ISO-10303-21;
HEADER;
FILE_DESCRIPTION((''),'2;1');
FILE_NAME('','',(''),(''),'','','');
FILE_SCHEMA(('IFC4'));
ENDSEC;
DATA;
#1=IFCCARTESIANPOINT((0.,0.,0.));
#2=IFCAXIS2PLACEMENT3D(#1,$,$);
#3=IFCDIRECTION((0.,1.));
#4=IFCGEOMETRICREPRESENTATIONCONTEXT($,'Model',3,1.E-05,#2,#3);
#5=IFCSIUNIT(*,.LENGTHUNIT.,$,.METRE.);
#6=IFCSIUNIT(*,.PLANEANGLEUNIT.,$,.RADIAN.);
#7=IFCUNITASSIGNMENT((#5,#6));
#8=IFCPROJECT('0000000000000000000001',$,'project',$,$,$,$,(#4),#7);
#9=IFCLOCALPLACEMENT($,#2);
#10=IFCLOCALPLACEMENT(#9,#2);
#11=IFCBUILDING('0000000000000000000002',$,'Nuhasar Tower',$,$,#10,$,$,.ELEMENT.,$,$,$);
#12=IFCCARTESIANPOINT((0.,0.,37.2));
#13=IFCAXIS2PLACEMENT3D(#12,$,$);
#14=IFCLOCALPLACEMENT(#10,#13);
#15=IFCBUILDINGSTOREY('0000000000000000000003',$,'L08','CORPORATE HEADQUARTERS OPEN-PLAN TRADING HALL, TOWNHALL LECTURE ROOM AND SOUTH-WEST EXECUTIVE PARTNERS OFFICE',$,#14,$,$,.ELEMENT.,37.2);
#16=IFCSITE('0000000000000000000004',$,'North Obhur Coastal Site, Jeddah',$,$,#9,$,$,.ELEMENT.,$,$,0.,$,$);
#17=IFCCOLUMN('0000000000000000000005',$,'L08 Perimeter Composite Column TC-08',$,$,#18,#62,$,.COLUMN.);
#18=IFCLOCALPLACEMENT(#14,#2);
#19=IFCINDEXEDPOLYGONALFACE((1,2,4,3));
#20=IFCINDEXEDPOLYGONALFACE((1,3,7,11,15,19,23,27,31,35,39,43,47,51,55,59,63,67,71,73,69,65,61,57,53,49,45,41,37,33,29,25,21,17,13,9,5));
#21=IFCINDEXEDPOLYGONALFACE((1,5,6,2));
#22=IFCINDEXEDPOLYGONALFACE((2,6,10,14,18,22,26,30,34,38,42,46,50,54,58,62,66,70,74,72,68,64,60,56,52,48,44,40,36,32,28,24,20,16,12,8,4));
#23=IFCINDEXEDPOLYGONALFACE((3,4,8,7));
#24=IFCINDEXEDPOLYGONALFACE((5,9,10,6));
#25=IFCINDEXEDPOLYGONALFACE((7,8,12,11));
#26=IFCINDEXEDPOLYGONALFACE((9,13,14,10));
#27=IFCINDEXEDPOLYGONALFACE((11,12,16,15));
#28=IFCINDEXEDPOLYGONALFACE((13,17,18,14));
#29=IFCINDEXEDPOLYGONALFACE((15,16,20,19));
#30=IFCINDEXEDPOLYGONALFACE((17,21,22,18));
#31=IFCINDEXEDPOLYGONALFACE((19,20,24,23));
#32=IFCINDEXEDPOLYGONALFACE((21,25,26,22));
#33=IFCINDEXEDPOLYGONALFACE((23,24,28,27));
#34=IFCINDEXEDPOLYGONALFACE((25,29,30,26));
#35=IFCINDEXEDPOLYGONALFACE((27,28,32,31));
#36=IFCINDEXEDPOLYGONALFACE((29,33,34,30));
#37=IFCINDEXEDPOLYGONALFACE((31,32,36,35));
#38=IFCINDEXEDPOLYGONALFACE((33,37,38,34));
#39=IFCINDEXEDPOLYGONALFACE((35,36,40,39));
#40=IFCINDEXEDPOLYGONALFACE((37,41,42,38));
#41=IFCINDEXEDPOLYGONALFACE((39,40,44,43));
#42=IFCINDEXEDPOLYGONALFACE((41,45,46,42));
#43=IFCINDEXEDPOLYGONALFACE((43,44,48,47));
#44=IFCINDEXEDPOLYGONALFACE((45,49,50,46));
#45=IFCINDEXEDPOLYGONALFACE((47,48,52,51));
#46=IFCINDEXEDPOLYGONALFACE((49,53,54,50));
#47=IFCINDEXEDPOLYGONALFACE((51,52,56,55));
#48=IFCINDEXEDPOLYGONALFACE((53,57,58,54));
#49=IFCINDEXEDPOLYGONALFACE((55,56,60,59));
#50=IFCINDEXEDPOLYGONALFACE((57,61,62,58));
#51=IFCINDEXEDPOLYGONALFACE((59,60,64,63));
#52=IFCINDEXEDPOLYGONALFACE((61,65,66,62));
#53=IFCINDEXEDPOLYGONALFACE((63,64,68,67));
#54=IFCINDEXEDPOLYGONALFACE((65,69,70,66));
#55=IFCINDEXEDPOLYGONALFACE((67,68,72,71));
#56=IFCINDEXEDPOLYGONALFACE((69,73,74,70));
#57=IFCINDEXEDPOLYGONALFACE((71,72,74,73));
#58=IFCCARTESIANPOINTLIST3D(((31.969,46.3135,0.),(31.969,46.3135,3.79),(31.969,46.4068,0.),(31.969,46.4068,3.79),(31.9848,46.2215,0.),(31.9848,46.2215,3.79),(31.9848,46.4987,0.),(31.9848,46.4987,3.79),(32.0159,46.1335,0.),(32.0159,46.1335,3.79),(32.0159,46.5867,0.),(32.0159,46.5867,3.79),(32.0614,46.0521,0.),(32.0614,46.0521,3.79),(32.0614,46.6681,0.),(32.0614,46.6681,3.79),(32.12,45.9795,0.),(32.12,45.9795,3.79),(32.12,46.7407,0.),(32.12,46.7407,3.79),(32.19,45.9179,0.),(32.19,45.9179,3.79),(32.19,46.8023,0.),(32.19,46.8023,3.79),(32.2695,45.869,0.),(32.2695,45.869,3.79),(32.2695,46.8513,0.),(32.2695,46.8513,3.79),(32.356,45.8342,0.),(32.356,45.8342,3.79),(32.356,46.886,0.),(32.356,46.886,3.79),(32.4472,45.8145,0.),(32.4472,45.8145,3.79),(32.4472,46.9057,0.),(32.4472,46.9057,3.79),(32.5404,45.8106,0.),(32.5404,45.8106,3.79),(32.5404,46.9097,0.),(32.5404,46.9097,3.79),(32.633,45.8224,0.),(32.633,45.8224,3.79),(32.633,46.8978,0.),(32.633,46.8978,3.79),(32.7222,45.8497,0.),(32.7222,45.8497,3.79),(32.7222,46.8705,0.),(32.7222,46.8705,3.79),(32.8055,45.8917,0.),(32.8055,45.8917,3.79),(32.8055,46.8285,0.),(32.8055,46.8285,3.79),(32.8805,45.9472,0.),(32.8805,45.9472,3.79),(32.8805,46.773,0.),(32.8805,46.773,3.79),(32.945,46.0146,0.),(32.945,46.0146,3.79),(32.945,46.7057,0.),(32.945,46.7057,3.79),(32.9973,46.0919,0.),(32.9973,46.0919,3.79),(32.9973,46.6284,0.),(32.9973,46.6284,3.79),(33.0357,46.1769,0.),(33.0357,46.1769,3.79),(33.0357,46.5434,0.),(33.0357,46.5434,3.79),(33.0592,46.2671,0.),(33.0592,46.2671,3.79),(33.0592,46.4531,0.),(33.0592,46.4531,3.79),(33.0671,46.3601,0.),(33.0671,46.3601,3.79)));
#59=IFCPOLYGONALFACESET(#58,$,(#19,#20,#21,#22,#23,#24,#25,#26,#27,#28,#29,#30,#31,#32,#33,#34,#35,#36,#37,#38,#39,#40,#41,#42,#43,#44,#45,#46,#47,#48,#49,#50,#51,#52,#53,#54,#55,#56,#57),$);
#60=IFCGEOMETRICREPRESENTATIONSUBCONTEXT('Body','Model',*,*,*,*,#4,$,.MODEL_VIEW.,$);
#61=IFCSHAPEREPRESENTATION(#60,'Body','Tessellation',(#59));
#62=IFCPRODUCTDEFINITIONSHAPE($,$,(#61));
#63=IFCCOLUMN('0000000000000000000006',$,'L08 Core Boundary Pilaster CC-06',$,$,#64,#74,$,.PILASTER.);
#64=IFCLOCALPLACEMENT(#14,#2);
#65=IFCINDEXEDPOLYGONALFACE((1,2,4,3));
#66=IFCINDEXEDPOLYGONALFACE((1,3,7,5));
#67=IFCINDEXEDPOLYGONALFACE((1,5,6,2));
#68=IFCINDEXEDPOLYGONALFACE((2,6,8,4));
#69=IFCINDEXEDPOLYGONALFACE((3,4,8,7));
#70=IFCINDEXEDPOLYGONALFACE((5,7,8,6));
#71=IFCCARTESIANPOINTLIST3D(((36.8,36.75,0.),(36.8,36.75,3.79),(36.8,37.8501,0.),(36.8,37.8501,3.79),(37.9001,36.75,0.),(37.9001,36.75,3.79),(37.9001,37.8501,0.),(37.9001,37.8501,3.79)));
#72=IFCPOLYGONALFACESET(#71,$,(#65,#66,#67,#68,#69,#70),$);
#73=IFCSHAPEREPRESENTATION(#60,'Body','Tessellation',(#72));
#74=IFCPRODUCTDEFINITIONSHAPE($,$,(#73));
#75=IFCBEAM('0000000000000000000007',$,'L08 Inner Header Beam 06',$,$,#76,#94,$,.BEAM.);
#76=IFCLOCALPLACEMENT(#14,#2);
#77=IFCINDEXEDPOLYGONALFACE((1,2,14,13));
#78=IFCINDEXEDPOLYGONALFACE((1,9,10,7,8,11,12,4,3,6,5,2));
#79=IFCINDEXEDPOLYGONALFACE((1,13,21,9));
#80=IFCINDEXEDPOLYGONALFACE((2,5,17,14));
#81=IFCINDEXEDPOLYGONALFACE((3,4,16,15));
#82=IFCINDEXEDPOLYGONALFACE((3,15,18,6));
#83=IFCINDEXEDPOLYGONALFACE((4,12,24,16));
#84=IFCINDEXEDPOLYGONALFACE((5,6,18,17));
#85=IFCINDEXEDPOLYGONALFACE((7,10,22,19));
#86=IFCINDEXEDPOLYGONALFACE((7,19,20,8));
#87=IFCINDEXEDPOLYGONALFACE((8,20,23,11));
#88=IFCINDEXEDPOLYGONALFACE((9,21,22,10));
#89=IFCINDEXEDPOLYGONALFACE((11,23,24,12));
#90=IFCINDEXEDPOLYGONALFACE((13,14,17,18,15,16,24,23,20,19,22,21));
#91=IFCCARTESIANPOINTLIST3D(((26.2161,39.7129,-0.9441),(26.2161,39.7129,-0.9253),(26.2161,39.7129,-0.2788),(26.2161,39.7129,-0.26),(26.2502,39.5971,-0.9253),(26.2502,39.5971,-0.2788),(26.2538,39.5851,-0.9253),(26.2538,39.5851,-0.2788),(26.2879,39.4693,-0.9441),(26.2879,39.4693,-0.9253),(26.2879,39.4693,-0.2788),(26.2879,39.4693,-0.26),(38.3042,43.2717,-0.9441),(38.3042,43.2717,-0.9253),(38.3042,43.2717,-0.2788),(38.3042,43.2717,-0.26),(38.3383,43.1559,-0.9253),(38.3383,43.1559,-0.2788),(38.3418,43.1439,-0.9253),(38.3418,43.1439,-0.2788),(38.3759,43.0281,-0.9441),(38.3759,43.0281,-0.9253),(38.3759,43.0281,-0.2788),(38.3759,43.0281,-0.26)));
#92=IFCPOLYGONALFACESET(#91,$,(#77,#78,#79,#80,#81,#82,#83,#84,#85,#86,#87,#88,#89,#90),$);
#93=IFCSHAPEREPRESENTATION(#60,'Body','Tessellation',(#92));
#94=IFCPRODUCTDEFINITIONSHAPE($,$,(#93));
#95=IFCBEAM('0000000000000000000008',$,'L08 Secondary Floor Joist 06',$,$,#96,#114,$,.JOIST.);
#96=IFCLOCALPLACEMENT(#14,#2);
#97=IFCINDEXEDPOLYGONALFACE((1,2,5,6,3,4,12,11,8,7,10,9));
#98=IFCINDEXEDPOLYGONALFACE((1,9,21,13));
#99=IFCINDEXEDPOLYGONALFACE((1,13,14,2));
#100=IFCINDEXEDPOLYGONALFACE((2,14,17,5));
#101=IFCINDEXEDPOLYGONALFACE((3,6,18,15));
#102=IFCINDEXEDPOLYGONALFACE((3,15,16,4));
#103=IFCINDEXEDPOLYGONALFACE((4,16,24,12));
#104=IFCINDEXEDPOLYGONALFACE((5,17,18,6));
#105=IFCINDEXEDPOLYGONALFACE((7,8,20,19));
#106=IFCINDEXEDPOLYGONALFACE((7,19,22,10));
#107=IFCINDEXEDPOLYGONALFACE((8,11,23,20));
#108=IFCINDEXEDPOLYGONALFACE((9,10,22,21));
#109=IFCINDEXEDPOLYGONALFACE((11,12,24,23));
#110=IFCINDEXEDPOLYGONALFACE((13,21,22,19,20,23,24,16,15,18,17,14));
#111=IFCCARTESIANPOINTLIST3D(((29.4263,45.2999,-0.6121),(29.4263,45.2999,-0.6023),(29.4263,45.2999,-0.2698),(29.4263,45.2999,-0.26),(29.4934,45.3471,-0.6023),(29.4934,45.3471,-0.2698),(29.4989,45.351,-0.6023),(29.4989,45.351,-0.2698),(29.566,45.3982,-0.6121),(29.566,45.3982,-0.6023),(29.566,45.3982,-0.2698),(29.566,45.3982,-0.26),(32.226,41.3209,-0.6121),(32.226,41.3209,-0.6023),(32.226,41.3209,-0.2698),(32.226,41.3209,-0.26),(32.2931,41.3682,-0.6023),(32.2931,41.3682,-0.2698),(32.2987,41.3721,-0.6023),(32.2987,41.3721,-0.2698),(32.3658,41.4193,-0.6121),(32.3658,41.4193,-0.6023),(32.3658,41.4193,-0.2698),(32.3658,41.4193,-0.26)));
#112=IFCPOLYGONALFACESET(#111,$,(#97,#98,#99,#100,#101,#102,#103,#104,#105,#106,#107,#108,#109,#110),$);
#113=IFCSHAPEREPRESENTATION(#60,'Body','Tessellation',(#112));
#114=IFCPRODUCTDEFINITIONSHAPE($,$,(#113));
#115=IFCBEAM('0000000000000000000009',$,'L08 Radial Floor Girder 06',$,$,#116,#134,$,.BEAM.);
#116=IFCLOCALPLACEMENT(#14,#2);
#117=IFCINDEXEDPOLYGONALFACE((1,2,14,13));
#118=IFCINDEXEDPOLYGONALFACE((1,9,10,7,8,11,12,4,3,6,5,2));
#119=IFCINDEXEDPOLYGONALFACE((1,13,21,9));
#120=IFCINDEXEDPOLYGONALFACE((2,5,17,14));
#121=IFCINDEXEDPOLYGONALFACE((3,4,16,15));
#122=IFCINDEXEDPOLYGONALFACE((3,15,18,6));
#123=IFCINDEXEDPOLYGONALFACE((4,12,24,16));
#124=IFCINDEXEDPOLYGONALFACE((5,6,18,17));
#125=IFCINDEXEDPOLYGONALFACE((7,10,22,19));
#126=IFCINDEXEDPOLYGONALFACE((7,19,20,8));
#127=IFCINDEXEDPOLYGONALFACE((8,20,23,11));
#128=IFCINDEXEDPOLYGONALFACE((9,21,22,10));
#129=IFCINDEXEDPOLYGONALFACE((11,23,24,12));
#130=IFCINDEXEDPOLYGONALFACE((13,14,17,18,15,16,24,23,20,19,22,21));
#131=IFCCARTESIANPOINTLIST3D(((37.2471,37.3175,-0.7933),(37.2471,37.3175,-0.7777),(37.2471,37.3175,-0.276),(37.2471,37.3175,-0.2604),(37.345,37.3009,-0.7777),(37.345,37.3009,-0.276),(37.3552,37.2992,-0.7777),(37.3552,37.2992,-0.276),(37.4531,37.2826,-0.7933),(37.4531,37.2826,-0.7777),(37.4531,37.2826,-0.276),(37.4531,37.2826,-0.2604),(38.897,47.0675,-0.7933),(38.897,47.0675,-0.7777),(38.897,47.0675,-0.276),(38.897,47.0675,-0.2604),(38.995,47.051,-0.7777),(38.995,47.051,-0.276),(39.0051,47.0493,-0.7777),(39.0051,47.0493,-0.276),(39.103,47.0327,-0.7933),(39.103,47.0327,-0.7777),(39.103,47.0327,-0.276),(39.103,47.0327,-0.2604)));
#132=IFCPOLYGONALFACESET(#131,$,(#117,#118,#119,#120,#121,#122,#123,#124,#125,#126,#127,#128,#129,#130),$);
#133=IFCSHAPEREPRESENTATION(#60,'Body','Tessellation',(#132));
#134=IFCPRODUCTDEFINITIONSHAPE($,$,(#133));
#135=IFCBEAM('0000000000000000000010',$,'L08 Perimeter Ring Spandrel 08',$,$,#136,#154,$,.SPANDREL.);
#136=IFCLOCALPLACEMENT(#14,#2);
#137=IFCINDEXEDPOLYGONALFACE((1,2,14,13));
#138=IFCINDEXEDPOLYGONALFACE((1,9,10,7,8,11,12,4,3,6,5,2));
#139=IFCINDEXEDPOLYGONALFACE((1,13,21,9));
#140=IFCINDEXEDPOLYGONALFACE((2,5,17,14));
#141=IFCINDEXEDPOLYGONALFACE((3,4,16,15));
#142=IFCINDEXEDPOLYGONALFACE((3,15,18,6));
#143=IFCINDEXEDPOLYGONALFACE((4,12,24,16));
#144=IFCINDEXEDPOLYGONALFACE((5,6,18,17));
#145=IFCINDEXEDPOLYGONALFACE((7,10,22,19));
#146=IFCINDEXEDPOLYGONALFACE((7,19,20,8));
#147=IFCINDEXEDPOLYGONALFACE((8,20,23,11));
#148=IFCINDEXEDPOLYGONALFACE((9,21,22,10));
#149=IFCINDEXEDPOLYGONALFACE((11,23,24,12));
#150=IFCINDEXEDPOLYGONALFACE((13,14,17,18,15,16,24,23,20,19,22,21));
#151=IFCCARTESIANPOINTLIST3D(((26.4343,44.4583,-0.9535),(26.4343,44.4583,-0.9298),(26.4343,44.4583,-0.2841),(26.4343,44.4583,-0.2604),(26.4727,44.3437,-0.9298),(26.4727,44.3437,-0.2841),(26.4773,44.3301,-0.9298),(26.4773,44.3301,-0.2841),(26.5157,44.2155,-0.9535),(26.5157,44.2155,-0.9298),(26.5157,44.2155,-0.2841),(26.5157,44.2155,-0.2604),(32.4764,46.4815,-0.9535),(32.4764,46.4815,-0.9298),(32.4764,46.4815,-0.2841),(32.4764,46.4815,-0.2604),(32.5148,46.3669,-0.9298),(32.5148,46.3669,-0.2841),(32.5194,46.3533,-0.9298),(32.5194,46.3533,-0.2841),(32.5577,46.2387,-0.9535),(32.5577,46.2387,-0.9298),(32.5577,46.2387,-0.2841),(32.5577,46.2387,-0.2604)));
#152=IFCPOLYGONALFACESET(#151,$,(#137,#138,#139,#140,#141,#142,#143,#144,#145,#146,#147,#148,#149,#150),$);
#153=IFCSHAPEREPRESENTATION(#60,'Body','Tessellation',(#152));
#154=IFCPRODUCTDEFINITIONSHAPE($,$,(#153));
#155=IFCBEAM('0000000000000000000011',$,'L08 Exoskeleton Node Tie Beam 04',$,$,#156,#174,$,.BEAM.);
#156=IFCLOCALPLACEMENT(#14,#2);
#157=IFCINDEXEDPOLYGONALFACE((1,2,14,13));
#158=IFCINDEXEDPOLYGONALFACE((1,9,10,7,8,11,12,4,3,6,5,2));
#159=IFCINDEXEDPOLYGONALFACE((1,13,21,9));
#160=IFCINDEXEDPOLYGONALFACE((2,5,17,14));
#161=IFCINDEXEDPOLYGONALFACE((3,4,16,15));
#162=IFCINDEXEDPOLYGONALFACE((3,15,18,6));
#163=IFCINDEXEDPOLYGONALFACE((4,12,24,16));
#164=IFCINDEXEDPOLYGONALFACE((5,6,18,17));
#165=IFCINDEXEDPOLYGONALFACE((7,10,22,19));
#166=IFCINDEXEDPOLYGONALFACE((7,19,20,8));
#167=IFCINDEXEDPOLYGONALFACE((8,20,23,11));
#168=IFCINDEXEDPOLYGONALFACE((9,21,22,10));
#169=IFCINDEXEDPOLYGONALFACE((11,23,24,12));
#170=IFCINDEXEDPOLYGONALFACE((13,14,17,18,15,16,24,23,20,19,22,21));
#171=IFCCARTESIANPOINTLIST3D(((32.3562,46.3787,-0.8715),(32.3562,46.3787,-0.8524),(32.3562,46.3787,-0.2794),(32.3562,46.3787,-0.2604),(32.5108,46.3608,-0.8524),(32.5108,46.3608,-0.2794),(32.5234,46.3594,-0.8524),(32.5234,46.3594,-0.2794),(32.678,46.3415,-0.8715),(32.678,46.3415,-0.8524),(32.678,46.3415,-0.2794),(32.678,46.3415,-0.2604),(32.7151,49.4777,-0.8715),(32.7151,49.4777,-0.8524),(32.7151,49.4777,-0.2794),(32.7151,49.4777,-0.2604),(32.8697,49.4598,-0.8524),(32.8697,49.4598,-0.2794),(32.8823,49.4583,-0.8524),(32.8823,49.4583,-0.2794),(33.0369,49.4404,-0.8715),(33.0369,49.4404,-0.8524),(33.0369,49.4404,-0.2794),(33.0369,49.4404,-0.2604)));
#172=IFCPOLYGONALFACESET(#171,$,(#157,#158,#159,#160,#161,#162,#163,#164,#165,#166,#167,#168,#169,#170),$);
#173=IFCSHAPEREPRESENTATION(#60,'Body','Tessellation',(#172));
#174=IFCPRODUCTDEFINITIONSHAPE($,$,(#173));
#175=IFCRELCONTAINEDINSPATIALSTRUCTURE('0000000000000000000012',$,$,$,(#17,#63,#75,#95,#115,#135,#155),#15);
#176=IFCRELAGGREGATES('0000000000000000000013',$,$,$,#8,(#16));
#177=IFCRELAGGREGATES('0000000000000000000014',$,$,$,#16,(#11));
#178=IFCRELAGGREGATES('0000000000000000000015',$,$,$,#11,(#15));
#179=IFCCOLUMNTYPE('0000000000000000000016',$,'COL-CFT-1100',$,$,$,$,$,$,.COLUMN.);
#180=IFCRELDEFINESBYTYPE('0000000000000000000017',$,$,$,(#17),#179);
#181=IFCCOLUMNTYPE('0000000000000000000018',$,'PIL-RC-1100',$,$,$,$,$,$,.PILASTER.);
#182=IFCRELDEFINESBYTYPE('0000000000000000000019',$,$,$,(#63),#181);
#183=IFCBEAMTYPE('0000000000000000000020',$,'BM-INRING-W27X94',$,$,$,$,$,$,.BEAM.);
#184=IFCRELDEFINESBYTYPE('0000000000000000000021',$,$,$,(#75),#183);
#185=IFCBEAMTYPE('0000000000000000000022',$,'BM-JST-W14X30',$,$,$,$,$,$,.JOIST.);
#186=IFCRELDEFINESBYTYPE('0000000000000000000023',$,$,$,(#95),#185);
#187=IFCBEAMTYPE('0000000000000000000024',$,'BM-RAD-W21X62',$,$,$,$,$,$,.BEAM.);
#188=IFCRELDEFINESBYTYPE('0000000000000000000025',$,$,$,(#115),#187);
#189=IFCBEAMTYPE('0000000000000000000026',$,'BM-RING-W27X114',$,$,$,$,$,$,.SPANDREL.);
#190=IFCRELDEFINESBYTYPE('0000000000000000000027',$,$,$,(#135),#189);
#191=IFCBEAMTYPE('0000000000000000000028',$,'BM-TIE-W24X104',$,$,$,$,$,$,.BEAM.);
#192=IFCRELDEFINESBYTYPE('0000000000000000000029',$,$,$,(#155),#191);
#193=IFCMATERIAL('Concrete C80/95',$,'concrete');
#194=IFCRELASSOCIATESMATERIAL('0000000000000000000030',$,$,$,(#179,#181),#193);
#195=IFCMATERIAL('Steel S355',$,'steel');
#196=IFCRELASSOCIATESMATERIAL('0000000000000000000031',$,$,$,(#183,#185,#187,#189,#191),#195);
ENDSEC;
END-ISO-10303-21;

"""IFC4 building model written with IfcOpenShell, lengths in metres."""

from ifc_helpers import new_model, si_unit, direction, frame, origin, origin_2d, place, context, subcontext, project, spatial, rectangle, circle, i_section, extrude, material, material_profile, profile_set, type_object, element, save


model = new_model("IFC4")

# Units and contexts
model_context = context("Model", 3, precision=1e-05, world=origin(), true_north=direction((0.0, 1.0)))
body_context = subcontext(model_context, "Body", "Model", "MODEL_VIEW")
ifc_project = project(units=[si_unit("LENGTHUNIT", "METRE"), si_unit("PLANEANGLEUNIT", "RADIAN")], contexts=[model_context])

# Site, building, storey
site_placement = place(None, origin())
site = spatial("IfcSite", under=ifc_project, at=site_placement, Name="North Obhur Coastal Site, Jeddah", CompositionType="ELEMENT", RefElevation=0.0)
building_placement = place(site_placement, origin())
building = spatial("IfcBuilding", under=site, at=building_placement, Name="Nuhasar Tower", CompositionType="ELEMENT")
storey_placement = place(building_placement, frame((0.0, 0.0, 37.2)))
storey = spatial("IfcBuildingStorey", under=building, at=storey_placement, Name="L08", Description="CORPORATE HEADQUARTERS OPEN-PLAN TRADING HALL, TOWNHALL LECTURE ROOM AND SOUTH-WEST EXECUTIVE PARTNERS OFFICE", CompositionType="ELEMENT", Elevation=37.2)

# Columns
ifc_material_1 = material(Name="Concrete C80/95", Category="concrete")
ifc_material_profile_1 = material_profile(ifc_material_1, circle(Radius=0.55, at=origin_2d()), Name="CFT1100")
ifc_profile_set_1 = profile_set([ifc_material_profile_1], Name="Concrete C80/95")
column_type_1 = type_object("IfcColumnType", Name="COL-CFT-1100", PredefinedType="COLUMN", material=ifc_profile_set_1)
column_1_placement = place(storey_placement, frame((32.5171, 46.3601, 0.0), z_axis=(0.0, 0.0, 1.0), x_axis=(1.0, 0.0, 0.0)))
element("IfcColumn", 1, at=column_1_placement, inside=storey, type_object=column_type_1, Name="L08 Perimeter Composite Column TC-08", PredefinedType="COLUMN", context=body_context, shape_type="SweptSolid", body=[
    extrude(circle(Radius=0.55, at=origin_2d()), origin(), (0.0, 0.0, 1.0), 3.79),
])
ifc_material_profile_2 = material_profile(ifc_material_1, rectangle(XDim=1.1001, YDim=1.1001, at=origin_2d()), Name="RC1100X1100")
ifc_profile_set_2 = profile_set([ifc_material_profile_2], Name="Concrete C80/95")
column_type_2 = type_object("IfcColumnType", Name="PIL-RC-1100", PredefinedType="PILASTER", material=ifc_profile_set_2)
column_2_placement = place(storey_placement, frame((37.3501, 37.3, 0.0), z_axis=(0.0, 0.0, 1.0), x_axis=(1.0, 0.0, 0.0)))
element("IfcColumn", 2, at=column_2_placement, inside=storey, type_object=column_type_2, Name="L08 Core Boundary Pilaster CC-06", PredefinedType="PILASTER", context=body_context, shape_type="SweptSolid", body=[
    extrude(rectangle(XDim=1.1001, YDim=1.1001, at=origin_2d()), origin(), (0.0, 0.0, 1.0), 3.79),
])

# Beams
ifc_material_2 = material(Name="Steel S355", Category="steel")
ifc_material_profile_3 = material_profile(ifc_material_2, i_section(OverallWidth=0.2539, OverallDepth=0.6841, WebThickness=0.0125, FlangeThickness=0.0188, at=origin_2d()), Name="W27X94")
ifc_profile_set_3 = profile_set([ifc_material_profile_3], Name="Steel S355")
beam_type_1 = type_object("IfcBeamType", Name="BM-INRING-W27X94", PredefinedType="BEAM", material=ifc_profile_set_3)
beam_1_placement = place(storey_placement, frame((38.3401, 43.1499, -0.6021), z_axis=(-0.95929, -0.282422, 0.0), x_axis=(0.282422, -0.95929, 0.0)))
element("IfcBeam", 3, at=beam_1_placement, inside=storey, type_object=beam_type_1, Name="L08 Inner Header Beam 06", PredefinedType="BEAM", context=body_context, shape_type="SweptSolid", body=[
    extrude(i_section(OverallWidth=0.2539, OverallDepth=0.6841, WebThickness=0.0125, FlangeThickness=0.0188, at=origin_2d()), origin(), (0.0, 0.0, 1.0), 12.6011),
])
ifc_material_profile_4 = material_profile(ifc_material_2, i_section(OverallWidth=0.1709, OverallDepth=0.3521, WebThickness=0.0068, FlangeThickness=0.0098, at=origin_2d()), Name="W14X30")
ifc_profile_set_4 = profile_set([ifc_material_profile_4], Name="Steel S355")
beam_type_2 = type_object("IfcBeamType", Name="BM-JST-W14X30", PredefinedType="JOIST", material=ifc_profile_set_4)
beam_2_placement = place(storey_placement, frame((32.2959, 41.3701, -0.436), z_axis=(-0.575461, 0.817829, 0.0), x_axis=(-0.817829, -0.575461, 0.0)))
element("IfcBeam", 4, at=beam_2_placement, inside=storey, type_object=beam_type_2, Name="L08 Secondary Floor Joist 06", PredefinedType="JOIST", context=body_context, shape_type="SweptSolid", body=[
    extrude(i_section(OverallWidth=0.1709, OverallDepth=0.3521, WebThickness=0.0068, FlangeThickness=0.0098, at=origin_2d()), origin(), (0.0, 0.0, 1.0), 4.8652),
])
ifc_material_profile_5 = material_profile(ifc_material_2, i_section(OverallWidth=0.209, OverallDepth=0.533, WebThickness=0.0103, FlangeThickness=0.0156, at=origin_2d()), Name="W21X62")
ifc_profile_set_5 = profile_set([ifc_material_profile_5], Name="Steel S355")
beam_type_3 = type_object("IfcBeamType", Name="BM-RAD-W21X62", PredefinedType="BEAM", material=ifc_profile_set_5)
beam_3_placement = place(storey_placement, frame((37.3501, 37.3, -0.5269), z_axis=(0.166849, 0.985983, 0.0), x_axis=(-0.985983, 0.166849, 0.0)))
element("IfcBeam", 5, at=beam_3_placement, inside=storey, type_object=beam_type_3, Name="L08 Radial Floor Girder 06", PredefinedType="BEAM", context=body_context, shape_type="SweptSolid", body=[
    extrude(i_section(OverallWidth=0.209, OverallDepth=0.533, WebThickness=0.0103, FlangeThickness=0.0156, at=origin_2d()), origin(), (0.0, 0.0, 1.0), 9.8887),
])
ifc_material_profile_6 = material_profile(ifc_material_2, i_section(OverallWidth=0.2561, OverallDepth=0.6931, WebThickness=0.0144, FlangeThickness=0.0237, at=origin_2d()), Name="W27X114")
ifc_profile_set_6 = profile_set([ifc_material_profile_6], Name="Steel S355")
beam_type_4 = type_object("IfcBeamType", Name="BM-RING-W27X114", PredefinedType="SPANDREL", material=ifc_profile_set_6)
beam_4_placement = place(storey_placement, frame((32.5171, 46.3601, -0.6069), z_axis=(-0.948249, -0.317526, 0.0), x_axis=(0.317526, -0.948249, 0.0)))
element("IfcBeam", 6, at=beam_4_placement, inside=storey, type_object=beam_type_4, Name="L08 Perimeter Ring Spandrel 08", PredefinedType="SPANDREL", context=body_context, shape_type="SweptSolid", body=[
    extrude(i_section(OverallWidth=0.2561, OverallDepth=0.6931, WebThickness=0.0144, FlangeThickness=0.0237, at=origin_2d()), origin(), (0.0, 0.0, 1.0), 6.3718),
])
ifc_material_profile_7 = material_profile(ifc_material_2, i_section(OverallWidth=0.324, OverallDepth=0.6111, WebThickness=0.0127, FlangeThickness=0.019, at=origin_2d()), Name="W24X104")
ifc_profile_set_7 = profile_set([ifc_material_profile_7], Name="Steel S355")
beam_type_5 = type_object("IfcBeamType", Name="BM-TIE-W24X104", PredefinedType="BEAM", material=ifc_profile_set_7)
beam_5_placement = place(storey_placement, frame((32.5171, 46.3601, -0.5659), z_axis=(0.115043, 0.993361, 0.0), x_axis=(-0.993361, 0.115043, 0.0)))
element("IfcBeam", 7, at=beam_5_placement, inside=storey, type_object=beam_type_5, Name="L08 Exoskeleton Node Tie Beam 04", PredefinedType="BEAM", context=body_context, shape_type="SweptSolid", body=[
    extrude(i_section(OverallWidth=0.324, OverallDepth=0.6111, WebThickness=0.0127, FlangeThickness=0.019, at=origin_2d()), origin(), (0.0, 0.0, 1.0), 3.1196),
])

save(model, "model.ifc")
